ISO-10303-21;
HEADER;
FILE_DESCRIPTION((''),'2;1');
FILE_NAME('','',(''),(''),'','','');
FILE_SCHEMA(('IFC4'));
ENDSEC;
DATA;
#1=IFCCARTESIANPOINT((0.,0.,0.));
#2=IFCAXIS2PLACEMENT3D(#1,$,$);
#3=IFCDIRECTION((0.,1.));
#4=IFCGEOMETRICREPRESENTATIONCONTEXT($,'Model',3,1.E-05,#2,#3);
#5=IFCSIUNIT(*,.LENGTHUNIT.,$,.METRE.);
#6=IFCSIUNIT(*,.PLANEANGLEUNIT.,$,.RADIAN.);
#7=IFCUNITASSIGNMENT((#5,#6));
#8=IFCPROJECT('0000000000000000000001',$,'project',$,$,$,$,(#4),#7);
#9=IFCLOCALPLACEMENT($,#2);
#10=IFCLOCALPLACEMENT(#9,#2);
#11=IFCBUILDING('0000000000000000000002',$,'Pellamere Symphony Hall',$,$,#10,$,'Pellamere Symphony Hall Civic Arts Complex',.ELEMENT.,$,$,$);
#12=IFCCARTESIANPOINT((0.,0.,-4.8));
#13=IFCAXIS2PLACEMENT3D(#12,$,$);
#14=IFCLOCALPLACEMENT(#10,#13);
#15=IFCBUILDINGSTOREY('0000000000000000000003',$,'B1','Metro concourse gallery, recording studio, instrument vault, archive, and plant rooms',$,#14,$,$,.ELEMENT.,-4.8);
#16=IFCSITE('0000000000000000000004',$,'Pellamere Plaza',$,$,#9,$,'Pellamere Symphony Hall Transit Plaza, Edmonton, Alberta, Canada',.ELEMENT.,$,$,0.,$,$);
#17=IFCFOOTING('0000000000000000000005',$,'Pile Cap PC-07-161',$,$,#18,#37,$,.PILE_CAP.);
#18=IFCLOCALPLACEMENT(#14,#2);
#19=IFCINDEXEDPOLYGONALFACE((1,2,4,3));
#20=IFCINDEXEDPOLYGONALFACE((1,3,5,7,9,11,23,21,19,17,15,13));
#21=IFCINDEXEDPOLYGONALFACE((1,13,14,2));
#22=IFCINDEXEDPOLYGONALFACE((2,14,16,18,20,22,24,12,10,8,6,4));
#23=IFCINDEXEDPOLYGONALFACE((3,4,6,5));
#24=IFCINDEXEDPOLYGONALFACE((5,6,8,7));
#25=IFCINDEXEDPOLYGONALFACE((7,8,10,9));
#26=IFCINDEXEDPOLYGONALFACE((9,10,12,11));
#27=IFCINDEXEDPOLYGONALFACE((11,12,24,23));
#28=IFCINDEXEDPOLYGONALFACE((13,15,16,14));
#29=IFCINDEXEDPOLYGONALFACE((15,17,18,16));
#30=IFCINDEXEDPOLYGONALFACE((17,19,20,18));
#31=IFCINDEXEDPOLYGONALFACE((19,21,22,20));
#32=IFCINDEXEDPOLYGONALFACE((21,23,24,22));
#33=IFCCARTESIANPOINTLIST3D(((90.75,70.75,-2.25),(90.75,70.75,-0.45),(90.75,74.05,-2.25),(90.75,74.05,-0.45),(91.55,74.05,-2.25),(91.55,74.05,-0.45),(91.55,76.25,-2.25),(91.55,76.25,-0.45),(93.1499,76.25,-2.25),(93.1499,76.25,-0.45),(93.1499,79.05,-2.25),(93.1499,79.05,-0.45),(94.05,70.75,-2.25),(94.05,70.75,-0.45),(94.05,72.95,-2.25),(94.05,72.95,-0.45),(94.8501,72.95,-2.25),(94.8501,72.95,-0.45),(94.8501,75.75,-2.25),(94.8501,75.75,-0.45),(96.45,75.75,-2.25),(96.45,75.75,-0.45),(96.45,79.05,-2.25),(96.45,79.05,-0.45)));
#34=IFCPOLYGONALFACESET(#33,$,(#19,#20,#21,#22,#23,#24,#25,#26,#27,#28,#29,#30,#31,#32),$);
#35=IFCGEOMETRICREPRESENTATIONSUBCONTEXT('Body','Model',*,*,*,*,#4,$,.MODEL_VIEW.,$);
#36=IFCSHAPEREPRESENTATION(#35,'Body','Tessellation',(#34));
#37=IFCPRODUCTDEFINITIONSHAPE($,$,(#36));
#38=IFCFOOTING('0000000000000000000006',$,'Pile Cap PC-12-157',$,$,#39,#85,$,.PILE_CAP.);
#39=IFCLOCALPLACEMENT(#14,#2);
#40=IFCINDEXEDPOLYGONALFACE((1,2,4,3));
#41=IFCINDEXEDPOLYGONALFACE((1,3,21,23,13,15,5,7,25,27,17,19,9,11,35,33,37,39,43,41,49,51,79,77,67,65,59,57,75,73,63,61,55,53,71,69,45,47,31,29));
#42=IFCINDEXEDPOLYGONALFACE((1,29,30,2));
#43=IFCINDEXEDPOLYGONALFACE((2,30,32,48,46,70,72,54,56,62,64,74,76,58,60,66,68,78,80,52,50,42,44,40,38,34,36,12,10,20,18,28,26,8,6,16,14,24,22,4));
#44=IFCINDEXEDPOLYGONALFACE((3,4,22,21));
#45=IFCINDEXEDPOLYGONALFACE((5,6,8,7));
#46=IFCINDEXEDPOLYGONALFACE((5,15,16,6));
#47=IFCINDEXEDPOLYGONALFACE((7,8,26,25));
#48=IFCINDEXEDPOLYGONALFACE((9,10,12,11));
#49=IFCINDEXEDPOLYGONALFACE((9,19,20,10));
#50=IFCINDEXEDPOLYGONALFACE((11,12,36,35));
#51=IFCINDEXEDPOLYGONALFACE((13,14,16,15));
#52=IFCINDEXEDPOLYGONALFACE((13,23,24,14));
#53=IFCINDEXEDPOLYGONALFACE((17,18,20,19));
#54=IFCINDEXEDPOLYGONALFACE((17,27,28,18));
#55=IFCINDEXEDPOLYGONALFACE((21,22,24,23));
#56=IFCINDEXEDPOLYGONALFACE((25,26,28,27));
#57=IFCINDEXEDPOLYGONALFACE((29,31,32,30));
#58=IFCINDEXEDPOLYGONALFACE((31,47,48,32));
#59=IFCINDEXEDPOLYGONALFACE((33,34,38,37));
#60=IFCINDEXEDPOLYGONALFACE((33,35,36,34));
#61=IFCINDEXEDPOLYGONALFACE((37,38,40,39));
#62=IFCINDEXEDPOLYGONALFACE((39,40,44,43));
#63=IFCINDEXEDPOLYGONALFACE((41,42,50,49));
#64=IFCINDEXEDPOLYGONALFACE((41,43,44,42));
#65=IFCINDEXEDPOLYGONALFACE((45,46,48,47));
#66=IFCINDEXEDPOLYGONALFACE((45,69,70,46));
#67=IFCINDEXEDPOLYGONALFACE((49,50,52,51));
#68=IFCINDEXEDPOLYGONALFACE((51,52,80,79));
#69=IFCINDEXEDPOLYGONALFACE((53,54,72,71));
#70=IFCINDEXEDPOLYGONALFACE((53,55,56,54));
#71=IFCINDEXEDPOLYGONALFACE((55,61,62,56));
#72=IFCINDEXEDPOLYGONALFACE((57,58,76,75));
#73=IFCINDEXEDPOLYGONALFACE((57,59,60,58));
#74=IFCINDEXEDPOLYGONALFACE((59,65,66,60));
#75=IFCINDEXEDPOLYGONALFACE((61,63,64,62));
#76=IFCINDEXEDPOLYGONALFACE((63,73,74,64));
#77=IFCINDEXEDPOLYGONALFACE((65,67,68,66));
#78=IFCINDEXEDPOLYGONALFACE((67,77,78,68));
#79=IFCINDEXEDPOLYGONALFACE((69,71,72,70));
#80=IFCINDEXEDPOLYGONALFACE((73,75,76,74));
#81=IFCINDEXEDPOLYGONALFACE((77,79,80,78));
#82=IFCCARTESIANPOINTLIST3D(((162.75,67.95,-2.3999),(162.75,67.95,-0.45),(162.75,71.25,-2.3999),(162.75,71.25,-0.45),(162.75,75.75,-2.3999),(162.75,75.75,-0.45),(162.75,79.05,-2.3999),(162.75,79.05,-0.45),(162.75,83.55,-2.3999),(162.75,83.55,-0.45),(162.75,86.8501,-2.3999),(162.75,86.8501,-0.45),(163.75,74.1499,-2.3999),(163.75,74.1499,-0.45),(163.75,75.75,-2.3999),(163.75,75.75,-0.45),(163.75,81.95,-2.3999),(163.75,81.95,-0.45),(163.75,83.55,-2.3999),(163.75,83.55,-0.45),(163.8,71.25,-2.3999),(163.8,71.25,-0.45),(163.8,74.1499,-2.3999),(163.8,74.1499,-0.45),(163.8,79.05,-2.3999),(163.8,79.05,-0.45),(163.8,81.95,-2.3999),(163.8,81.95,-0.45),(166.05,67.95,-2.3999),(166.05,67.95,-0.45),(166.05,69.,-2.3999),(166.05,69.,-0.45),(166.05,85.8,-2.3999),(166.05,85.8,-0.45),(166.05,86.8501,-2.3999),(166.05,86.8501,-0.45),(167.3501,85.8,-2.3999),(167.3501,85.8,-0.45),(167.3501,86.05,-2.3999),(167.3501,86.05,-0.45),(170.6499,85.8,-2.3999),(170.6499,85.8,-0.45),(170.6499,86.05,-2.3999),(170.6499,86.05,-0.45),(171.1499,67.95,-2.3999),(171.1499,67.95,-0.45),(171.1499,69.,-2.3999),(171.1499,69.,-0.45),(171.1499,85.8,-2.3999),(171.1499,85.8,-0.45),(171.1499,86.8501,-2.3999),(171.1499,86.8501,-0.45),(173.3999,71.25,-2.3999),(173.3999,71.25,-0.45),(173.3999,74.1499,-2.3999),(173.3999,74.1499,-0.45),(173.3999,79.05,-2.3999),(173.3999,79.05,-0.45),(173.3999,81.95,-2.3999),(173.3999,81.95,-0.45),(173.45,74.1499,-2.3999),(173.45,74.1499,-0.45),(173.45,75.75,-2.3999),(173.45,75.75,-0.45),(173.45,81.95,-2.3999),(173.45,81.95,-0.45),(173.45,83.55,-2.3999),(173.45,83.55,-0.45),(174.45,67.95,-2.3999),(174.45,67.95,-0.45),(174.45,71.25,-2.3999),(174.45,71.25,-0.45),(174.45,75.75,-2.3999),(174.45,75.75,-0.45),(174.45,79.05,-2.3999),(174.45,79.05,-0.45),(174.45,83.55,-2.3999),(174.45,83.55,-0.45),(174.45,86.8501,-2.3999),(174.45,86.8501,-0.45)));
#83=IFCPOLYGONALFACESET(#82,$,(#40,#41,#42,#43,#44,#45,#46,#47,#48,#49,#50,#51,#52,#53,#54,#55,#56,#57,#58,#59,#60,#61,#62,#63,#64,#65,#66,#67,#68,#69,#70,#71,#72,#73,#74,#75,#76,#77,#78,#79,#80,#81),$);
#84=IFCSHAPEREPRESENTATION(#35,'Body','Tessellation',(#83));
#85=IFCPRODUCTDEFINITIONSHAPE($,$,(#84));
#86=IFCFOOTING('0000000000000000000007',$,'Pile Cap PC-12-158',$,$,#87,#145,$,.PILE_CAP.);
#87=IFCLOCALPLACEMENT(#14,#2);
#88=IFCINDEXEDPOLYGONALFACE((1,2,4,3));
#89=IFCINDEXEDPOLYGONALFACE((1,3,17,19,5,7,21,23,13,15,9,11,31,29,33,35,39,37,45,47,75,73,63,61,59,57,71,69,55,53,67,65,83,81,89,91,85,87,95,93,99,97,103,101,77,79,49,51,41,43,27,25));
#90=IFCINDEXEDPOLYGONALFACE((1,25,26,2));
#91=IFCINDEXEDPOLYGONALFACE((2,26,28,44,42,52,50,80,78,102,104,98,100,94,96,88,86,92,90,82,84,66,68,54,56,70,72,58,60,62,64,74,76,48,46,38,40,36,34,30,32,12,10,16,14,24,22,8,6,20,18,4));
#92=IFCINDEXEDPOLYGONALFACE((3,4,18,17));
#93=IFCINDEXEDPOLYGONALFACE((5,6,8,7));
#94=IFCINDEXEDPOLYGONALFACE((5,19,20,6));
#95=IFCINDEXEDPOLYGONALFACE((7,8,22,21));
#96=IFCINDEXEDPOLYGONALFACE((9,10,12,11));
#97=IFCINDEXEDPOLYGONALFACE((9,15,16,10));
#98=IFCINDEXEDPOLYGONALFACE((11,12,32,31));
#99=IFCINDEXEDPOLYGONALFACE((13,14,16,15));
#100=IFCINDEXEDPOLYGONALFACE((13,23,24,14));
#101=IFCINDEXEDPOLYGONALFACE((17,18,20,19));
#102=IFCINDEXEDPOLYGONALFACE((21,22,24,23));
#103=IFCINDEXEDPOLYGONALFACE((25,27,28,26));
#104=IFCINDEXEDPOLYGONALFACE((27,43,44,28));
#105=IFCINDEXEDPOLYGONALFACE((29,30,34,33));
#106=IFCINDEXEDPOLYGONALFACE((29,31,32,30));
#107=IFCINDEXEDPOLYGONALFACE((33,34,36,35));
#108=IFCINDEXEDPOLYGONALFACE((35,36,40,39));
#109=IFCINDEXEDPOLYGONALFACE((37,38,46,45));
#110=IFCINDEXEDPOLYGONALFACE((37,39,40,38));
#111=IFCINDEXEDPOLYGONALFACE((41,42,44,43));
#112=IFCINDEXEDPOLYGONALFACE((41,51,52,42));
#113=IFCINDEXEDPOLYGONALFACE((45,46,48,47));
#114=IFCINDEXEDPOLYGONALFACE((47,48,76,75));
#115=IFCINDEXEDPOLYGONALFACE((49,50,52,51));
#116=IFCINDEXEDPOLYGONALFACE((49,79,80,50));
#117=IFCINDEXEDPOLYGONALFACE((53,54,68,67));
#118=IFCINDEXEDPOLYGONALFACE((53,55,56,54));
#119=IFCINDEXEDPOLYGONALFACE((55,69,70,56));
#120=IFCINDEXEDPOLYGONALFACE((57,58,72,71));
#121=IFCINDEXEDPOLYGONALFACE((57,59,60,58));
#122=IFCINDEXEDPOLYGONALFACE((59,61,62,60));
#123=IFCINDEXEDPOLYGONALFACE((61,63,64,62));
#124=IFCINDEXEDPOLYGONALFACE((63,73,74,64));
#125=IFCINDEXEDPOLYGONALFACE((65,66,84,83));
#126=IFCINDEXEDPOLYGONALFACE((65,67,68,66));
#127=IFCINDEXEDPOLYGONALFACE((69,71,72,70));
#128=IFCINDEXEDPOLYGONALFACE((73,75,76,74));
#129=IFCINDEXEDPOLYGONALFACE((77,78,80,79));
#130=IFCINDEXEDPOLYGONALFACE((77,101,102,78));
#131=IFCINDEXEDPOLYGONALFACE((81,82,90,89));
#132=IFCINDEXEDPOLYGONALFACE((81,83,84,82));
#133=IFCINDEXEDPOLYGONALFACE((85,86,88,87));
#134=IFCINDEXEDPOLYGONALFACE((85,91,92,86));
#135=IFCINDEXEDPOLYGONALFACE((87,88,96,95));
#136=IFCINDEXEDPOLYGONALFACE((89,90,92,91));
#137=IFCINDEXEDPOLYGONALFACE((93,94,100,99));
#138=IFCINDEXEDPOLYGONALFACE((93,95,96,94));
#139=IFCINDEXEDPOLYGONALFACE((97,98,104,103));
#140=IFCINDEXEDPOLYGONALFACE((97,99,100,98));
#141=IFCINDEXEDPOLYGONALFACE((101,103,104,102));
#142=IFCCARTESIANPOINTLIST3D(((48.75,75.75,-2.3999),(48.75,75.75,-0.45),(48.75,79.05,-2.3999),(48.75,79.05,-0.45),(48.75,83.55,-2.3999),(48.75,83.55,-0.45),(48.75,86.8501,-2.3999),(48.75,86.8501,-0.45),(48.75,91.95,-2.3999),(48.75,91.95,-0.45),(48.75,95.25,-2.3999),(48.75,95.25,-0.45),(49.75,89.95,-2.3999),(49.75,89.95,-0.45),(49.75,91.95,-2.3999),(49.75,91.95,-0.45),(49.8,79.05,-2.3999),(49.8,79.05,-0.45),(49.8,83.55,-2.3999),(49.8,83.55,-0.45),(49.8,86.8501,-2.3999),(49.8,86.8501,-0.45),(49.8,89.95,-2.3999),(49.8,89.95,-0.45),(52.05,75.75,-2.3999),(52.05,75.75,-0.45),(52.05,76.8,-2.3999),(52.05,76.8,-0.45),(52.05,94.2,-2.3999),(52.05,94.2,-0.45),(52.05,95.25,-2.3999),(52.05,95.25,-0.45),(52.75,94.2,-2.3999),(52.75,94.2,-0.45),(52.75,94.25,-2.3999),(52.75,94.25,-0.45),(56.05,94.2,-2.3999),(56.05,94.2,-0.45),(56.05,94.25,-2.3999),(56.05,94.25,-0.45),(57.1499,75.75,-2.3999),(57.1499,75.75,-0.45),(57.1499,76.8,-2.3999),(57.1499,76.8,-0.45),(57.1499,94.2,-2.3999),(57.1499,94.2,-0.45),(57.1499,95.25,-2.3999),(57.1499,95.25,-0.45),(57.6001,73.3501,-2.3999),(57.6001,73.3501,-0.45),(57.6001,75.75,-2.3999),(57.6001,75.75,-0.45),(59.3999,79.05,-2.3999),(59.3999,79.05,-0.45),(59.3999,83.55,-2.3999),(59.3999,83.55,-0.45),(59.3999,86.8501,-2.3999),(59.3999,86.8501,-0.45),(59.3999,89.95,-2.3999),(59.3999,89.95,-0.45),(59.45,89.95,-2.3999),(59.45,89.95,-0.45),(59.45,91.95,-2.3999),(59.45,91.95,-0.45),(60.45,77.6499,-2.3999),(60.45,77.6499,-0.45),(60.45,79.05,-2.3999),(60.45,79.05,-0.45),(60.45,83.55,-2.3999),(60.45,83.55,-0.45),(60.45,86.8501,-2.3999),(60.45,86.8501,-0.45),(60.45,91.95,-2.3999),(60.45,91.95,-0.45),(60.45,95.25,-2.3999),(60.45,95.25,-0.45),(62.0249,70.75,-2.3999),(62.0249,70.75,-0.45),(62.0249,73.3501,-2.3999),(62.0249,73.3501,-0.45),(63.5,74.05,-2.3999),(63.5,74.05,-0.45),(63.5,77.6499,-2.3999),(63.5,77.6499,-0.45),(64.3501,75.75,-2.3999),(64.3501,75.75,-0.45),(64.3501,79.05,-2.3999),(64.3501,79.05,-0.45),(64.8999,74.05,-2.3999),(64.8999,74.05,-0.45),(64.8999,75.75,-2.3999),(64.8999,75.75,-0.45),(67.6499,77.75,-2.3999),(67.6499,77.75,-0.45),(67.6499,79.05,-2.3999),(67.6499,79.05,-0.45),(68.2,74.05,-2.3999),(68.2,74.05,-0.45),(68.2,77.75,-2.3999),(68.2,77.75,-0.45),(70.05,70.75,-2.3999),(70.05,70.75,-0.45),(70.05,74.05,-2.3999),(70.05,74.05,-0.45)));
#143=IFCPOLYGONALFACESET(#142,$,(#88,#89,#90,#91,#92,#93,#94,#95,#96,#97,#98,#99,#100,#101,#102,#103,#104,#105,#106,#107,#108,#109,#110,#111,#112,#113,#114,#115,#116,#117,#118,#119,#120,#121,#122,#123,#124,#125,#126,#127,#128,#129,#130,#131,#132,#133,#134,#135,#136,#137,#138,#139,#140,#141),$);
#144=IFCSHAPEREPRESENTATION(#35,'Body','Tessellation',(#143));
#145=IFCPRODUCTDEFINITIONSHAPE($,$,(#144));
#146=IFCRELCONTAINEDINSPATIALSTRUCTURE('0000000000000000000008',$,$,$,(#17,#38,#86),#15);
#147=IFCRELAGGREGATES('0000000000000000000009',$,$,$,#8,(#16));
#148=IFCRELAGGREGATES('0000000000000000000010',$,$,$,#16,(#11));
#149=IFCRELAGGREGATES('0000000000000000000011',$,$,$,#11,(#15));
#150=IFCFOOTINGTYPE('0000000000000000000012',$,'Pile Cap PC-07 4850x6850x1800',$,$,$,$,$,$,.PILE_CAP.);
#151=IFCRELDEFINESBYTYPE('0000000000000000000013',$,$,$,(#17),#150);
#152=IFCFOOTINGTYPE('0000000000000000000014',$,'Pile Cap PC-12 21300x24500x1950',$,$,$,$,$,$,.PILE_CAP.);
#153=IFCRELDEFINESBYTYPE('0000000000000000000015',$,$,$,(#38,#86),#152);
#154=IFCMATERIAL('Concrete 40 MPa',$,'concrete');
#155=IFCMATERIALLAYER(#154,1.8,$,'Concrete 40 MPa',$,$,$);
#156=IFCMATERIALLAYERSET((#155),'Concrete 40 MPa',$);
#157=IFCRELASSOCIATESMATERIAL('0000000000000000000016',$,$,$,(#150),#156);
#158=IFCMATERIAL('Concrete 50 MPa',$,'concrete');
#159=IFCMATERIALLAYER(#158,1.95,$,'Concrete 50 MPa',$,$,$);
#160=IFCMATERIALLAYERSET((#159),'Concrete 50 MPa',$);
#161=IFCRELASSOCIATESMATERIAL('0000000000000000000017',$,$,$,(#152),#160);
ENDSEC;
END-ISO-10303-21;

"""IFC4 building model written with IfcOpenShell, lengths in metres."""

from ifc_helpers import new_model, si_unit, direction, frame, origin, place, context, subcontext, project, spatial, polyline, outline, extrude, material, layer, layer_set, type_object, element, save


model = new_model("IFC4")

# Units and contexts
model_context = context("Model", 3, precision=1e-05, world=origin(), true_north=direction((0.0, 1.0)))
body_context = subcontext(model_context, "Body", "Model", "MODEL_VIEW")
ifc_project = project(units=[si_unit("LENGTHUNIT", "METRE"), si_unit("PLANEANGLEUNIT", "RADIAN")], contexts=[model_context])

# Site, building, storey
site_placement = place(None, origin())
site = spatial("IfcSite", under=ifc_project, at=site_placement, Name="Pellamere Plaza", LongName="Pellamere Symphony Hall Transit Plaza, Edmonton, Alberta, Canada", CompositionType="ELEMENT", RefElevation=0.0)
building_placement = place(site_placement, origin())
building = spatial("IfcBuilding", under=site, at=building_placement, Name="Pellamere Symphony Hall", LongName="Pellamere Symphony Hall Civic Arts Complex", CompositionType="ELEMENT")
storey_placement = place(building_placement, frame((0.0, 0.0, -4.8)))
storey = spatial("IfcBuildingStorey", under=building, at=storey_placement, Name="B1", Description="Metro concourse gallery, recording studio, instrument vault, archive, and plant rooms", CompositionType="ELEMENT", Elevation=-4.8)

# Footings
ifc_material_1 = material(Name="Concrete 40 MPa", Category="concrete")
ifc_layer_1 = layer(ifc_material_1, 1.8, Name="Concrete 40 MPa")
ifc_layer_set_1 = layer_set([ifc_layer_1], Name="Concrete 40 MPa")
footing_type_1 = type_object("IfcFootingType", Name="Pile Cap PC-07 4850x6850x1800", PredefinedType="PILE_CAP", material=ifc_layer_set_1)
footing_1_placement = place(storey_placement, frame((0.0, 0.0, -2.25)))
element("IfcFooting", 1, at=footing_1_placement, inside=storey, type_object=footing_type_1, Name="Pile Cap PC-07-161", PredefinedType="PILE_CAP", context=body_context, shape_type="SweptSolid", body=[
    extrude(outline(polyline([(90.75, 70.75), (90.75, 74.05), (91.55, 74.05), (91.55, 76.25), (93.1499, 76.25), (93.1499, 79.05), (96.45, 79.05), (96.45, 75.75), (94.8501, 75.75), (94.8501, 72.95), (94.05, 72.95), (94.05, 70.75), (90.75, 70.75)])), origin(), (0.0, 0.0, 1.0), 1.8),
])
ifc_material_2 = material(Name="Concrete 50 MPa", Category="concrete")
ifc_layer_2 = layer(ifc_material_2, 1.95, Name="Concrete 50 MPa")
ifc_layer_set_2 = layer_set([ifc_layer_2], Name="Concrete 50 MPa")
footing_type_2 = type_object("IfcFootingType", Name="Pile Cap PC-12 21300x24500x1950", PredefinedType="PILE_CAP", material=ifc_layer_set_2)
footing_2_placement = place(storey_placement, frame((0.0, 0.0, -2.3999)))
element("IfcFooting", 2, at=footing_2_placement, inside=storey, type_object=footing_type_2, Name="Pile Cap PC-12-157", PredefinedType="PILE_CAP", context=body_context, shape_type="SweptSolid", body=[
    extrude(outline(polyline([(162.75, 79.05), (163.8, 79.05), (163.8, 81.95), (163.75, 81.95), (163.75, 83.55), (162.75, 83.55), (162.75, 86.8501), (166.05, 86.8501), (166.05, 85.8), (167.3501, 85.8), (167.3501, 86.05), (170.6499, 86.05), (170.6499, 85.8), (171.1499, 85.8), (171.1499, 86.8501), (174.45, 86.8501), (174.45, 83.55), (173.45, 83.55), (173.45, 81.95), (173.3999, 81.95), (173.3999, 79.05), (174.45, 79.05), (174.45, 75.75), (173.45, 75.75), (173.45, 74.1499), (173.3999, 74.1499), (173.3999, 71.25), (174.45, 71.25), (174.45, 67.95), (171.1499, 67.95), (171.1499, 69.0), (166.05, 69.0), (166.05, 67.95), (162.75, 67.95), (162.75, 71.25), (163.8, 71.25), (163.8, 74.1499), (163.75, 74.1499), (163.75, 75.75), (162.75, 75.75), (162.75, 79.05)])), origin(), (0.0, 0.0, 1.0), 1.95),
])
footing_3_placement = place(storey_placement, frame((0.0, 0.0, -2.3999)))
element("IfcFooting", 3, at=footing_3_placement, inside=storey, type_object=footing_type_2, Name="Pile Cap PC-12-158", PredefinedType="PILE_CAP", context=body_context, shape_type="SweptSolid", body=[
    extrude(outline(polyline([(48.75, 75.75), (48.75, 79.05), (49.8, 79.05), (49.8, 83.55), (48.75, 83.55), (48.75, 86.8501), (49.8, 86.8501), (49.8, 89.95), (49.75, 89.95), (49.75, 91.95), (48.75, 91.95), (48.75, 95.25), (52.05, 95.25), (52.05, 94.2), (52.75, 94.2), (52.75, 94.25), (56.05, 94.25), (56.05, 94.2), (57.1499, 94.2), (57.1499, 95.25), (60.45, 95.25), (60.45, 91.95), (59.45, 91.95), (59.45, 89.95), (59.3999, 89.95), (59.3999, 86.8501), (60.45, 86.8501), (60.45, 83.55), (59.3999, 83.55), (59.3999, 79.05), (60.45, 79.05), (60.45, 77.6499), (63.5, 77.6499), (63.5, 74.05), (64.8999, 74.05), (64.8999, 75.75), (64.3501, 75.75), (64.3501, 79.05), (67.6499, 79.05), (67.6499, 77.75), (68.2, 77.75), (68.2, 74.05), (70.05, 74.05), (70.05, 70.75), (62.0249, 70.75), (62.0249, 73.3501), (57.6001, 73.3501), (57.6001, 75.75), (57.1499, 75.75), (57.1499, 76.8), (52.05, 76.8), (52.05, 75.75), (48.75, 75.75)])), origin(), (0.0, 0.0, 1.0), 1.95),
])

save(model, "model.ifc")
